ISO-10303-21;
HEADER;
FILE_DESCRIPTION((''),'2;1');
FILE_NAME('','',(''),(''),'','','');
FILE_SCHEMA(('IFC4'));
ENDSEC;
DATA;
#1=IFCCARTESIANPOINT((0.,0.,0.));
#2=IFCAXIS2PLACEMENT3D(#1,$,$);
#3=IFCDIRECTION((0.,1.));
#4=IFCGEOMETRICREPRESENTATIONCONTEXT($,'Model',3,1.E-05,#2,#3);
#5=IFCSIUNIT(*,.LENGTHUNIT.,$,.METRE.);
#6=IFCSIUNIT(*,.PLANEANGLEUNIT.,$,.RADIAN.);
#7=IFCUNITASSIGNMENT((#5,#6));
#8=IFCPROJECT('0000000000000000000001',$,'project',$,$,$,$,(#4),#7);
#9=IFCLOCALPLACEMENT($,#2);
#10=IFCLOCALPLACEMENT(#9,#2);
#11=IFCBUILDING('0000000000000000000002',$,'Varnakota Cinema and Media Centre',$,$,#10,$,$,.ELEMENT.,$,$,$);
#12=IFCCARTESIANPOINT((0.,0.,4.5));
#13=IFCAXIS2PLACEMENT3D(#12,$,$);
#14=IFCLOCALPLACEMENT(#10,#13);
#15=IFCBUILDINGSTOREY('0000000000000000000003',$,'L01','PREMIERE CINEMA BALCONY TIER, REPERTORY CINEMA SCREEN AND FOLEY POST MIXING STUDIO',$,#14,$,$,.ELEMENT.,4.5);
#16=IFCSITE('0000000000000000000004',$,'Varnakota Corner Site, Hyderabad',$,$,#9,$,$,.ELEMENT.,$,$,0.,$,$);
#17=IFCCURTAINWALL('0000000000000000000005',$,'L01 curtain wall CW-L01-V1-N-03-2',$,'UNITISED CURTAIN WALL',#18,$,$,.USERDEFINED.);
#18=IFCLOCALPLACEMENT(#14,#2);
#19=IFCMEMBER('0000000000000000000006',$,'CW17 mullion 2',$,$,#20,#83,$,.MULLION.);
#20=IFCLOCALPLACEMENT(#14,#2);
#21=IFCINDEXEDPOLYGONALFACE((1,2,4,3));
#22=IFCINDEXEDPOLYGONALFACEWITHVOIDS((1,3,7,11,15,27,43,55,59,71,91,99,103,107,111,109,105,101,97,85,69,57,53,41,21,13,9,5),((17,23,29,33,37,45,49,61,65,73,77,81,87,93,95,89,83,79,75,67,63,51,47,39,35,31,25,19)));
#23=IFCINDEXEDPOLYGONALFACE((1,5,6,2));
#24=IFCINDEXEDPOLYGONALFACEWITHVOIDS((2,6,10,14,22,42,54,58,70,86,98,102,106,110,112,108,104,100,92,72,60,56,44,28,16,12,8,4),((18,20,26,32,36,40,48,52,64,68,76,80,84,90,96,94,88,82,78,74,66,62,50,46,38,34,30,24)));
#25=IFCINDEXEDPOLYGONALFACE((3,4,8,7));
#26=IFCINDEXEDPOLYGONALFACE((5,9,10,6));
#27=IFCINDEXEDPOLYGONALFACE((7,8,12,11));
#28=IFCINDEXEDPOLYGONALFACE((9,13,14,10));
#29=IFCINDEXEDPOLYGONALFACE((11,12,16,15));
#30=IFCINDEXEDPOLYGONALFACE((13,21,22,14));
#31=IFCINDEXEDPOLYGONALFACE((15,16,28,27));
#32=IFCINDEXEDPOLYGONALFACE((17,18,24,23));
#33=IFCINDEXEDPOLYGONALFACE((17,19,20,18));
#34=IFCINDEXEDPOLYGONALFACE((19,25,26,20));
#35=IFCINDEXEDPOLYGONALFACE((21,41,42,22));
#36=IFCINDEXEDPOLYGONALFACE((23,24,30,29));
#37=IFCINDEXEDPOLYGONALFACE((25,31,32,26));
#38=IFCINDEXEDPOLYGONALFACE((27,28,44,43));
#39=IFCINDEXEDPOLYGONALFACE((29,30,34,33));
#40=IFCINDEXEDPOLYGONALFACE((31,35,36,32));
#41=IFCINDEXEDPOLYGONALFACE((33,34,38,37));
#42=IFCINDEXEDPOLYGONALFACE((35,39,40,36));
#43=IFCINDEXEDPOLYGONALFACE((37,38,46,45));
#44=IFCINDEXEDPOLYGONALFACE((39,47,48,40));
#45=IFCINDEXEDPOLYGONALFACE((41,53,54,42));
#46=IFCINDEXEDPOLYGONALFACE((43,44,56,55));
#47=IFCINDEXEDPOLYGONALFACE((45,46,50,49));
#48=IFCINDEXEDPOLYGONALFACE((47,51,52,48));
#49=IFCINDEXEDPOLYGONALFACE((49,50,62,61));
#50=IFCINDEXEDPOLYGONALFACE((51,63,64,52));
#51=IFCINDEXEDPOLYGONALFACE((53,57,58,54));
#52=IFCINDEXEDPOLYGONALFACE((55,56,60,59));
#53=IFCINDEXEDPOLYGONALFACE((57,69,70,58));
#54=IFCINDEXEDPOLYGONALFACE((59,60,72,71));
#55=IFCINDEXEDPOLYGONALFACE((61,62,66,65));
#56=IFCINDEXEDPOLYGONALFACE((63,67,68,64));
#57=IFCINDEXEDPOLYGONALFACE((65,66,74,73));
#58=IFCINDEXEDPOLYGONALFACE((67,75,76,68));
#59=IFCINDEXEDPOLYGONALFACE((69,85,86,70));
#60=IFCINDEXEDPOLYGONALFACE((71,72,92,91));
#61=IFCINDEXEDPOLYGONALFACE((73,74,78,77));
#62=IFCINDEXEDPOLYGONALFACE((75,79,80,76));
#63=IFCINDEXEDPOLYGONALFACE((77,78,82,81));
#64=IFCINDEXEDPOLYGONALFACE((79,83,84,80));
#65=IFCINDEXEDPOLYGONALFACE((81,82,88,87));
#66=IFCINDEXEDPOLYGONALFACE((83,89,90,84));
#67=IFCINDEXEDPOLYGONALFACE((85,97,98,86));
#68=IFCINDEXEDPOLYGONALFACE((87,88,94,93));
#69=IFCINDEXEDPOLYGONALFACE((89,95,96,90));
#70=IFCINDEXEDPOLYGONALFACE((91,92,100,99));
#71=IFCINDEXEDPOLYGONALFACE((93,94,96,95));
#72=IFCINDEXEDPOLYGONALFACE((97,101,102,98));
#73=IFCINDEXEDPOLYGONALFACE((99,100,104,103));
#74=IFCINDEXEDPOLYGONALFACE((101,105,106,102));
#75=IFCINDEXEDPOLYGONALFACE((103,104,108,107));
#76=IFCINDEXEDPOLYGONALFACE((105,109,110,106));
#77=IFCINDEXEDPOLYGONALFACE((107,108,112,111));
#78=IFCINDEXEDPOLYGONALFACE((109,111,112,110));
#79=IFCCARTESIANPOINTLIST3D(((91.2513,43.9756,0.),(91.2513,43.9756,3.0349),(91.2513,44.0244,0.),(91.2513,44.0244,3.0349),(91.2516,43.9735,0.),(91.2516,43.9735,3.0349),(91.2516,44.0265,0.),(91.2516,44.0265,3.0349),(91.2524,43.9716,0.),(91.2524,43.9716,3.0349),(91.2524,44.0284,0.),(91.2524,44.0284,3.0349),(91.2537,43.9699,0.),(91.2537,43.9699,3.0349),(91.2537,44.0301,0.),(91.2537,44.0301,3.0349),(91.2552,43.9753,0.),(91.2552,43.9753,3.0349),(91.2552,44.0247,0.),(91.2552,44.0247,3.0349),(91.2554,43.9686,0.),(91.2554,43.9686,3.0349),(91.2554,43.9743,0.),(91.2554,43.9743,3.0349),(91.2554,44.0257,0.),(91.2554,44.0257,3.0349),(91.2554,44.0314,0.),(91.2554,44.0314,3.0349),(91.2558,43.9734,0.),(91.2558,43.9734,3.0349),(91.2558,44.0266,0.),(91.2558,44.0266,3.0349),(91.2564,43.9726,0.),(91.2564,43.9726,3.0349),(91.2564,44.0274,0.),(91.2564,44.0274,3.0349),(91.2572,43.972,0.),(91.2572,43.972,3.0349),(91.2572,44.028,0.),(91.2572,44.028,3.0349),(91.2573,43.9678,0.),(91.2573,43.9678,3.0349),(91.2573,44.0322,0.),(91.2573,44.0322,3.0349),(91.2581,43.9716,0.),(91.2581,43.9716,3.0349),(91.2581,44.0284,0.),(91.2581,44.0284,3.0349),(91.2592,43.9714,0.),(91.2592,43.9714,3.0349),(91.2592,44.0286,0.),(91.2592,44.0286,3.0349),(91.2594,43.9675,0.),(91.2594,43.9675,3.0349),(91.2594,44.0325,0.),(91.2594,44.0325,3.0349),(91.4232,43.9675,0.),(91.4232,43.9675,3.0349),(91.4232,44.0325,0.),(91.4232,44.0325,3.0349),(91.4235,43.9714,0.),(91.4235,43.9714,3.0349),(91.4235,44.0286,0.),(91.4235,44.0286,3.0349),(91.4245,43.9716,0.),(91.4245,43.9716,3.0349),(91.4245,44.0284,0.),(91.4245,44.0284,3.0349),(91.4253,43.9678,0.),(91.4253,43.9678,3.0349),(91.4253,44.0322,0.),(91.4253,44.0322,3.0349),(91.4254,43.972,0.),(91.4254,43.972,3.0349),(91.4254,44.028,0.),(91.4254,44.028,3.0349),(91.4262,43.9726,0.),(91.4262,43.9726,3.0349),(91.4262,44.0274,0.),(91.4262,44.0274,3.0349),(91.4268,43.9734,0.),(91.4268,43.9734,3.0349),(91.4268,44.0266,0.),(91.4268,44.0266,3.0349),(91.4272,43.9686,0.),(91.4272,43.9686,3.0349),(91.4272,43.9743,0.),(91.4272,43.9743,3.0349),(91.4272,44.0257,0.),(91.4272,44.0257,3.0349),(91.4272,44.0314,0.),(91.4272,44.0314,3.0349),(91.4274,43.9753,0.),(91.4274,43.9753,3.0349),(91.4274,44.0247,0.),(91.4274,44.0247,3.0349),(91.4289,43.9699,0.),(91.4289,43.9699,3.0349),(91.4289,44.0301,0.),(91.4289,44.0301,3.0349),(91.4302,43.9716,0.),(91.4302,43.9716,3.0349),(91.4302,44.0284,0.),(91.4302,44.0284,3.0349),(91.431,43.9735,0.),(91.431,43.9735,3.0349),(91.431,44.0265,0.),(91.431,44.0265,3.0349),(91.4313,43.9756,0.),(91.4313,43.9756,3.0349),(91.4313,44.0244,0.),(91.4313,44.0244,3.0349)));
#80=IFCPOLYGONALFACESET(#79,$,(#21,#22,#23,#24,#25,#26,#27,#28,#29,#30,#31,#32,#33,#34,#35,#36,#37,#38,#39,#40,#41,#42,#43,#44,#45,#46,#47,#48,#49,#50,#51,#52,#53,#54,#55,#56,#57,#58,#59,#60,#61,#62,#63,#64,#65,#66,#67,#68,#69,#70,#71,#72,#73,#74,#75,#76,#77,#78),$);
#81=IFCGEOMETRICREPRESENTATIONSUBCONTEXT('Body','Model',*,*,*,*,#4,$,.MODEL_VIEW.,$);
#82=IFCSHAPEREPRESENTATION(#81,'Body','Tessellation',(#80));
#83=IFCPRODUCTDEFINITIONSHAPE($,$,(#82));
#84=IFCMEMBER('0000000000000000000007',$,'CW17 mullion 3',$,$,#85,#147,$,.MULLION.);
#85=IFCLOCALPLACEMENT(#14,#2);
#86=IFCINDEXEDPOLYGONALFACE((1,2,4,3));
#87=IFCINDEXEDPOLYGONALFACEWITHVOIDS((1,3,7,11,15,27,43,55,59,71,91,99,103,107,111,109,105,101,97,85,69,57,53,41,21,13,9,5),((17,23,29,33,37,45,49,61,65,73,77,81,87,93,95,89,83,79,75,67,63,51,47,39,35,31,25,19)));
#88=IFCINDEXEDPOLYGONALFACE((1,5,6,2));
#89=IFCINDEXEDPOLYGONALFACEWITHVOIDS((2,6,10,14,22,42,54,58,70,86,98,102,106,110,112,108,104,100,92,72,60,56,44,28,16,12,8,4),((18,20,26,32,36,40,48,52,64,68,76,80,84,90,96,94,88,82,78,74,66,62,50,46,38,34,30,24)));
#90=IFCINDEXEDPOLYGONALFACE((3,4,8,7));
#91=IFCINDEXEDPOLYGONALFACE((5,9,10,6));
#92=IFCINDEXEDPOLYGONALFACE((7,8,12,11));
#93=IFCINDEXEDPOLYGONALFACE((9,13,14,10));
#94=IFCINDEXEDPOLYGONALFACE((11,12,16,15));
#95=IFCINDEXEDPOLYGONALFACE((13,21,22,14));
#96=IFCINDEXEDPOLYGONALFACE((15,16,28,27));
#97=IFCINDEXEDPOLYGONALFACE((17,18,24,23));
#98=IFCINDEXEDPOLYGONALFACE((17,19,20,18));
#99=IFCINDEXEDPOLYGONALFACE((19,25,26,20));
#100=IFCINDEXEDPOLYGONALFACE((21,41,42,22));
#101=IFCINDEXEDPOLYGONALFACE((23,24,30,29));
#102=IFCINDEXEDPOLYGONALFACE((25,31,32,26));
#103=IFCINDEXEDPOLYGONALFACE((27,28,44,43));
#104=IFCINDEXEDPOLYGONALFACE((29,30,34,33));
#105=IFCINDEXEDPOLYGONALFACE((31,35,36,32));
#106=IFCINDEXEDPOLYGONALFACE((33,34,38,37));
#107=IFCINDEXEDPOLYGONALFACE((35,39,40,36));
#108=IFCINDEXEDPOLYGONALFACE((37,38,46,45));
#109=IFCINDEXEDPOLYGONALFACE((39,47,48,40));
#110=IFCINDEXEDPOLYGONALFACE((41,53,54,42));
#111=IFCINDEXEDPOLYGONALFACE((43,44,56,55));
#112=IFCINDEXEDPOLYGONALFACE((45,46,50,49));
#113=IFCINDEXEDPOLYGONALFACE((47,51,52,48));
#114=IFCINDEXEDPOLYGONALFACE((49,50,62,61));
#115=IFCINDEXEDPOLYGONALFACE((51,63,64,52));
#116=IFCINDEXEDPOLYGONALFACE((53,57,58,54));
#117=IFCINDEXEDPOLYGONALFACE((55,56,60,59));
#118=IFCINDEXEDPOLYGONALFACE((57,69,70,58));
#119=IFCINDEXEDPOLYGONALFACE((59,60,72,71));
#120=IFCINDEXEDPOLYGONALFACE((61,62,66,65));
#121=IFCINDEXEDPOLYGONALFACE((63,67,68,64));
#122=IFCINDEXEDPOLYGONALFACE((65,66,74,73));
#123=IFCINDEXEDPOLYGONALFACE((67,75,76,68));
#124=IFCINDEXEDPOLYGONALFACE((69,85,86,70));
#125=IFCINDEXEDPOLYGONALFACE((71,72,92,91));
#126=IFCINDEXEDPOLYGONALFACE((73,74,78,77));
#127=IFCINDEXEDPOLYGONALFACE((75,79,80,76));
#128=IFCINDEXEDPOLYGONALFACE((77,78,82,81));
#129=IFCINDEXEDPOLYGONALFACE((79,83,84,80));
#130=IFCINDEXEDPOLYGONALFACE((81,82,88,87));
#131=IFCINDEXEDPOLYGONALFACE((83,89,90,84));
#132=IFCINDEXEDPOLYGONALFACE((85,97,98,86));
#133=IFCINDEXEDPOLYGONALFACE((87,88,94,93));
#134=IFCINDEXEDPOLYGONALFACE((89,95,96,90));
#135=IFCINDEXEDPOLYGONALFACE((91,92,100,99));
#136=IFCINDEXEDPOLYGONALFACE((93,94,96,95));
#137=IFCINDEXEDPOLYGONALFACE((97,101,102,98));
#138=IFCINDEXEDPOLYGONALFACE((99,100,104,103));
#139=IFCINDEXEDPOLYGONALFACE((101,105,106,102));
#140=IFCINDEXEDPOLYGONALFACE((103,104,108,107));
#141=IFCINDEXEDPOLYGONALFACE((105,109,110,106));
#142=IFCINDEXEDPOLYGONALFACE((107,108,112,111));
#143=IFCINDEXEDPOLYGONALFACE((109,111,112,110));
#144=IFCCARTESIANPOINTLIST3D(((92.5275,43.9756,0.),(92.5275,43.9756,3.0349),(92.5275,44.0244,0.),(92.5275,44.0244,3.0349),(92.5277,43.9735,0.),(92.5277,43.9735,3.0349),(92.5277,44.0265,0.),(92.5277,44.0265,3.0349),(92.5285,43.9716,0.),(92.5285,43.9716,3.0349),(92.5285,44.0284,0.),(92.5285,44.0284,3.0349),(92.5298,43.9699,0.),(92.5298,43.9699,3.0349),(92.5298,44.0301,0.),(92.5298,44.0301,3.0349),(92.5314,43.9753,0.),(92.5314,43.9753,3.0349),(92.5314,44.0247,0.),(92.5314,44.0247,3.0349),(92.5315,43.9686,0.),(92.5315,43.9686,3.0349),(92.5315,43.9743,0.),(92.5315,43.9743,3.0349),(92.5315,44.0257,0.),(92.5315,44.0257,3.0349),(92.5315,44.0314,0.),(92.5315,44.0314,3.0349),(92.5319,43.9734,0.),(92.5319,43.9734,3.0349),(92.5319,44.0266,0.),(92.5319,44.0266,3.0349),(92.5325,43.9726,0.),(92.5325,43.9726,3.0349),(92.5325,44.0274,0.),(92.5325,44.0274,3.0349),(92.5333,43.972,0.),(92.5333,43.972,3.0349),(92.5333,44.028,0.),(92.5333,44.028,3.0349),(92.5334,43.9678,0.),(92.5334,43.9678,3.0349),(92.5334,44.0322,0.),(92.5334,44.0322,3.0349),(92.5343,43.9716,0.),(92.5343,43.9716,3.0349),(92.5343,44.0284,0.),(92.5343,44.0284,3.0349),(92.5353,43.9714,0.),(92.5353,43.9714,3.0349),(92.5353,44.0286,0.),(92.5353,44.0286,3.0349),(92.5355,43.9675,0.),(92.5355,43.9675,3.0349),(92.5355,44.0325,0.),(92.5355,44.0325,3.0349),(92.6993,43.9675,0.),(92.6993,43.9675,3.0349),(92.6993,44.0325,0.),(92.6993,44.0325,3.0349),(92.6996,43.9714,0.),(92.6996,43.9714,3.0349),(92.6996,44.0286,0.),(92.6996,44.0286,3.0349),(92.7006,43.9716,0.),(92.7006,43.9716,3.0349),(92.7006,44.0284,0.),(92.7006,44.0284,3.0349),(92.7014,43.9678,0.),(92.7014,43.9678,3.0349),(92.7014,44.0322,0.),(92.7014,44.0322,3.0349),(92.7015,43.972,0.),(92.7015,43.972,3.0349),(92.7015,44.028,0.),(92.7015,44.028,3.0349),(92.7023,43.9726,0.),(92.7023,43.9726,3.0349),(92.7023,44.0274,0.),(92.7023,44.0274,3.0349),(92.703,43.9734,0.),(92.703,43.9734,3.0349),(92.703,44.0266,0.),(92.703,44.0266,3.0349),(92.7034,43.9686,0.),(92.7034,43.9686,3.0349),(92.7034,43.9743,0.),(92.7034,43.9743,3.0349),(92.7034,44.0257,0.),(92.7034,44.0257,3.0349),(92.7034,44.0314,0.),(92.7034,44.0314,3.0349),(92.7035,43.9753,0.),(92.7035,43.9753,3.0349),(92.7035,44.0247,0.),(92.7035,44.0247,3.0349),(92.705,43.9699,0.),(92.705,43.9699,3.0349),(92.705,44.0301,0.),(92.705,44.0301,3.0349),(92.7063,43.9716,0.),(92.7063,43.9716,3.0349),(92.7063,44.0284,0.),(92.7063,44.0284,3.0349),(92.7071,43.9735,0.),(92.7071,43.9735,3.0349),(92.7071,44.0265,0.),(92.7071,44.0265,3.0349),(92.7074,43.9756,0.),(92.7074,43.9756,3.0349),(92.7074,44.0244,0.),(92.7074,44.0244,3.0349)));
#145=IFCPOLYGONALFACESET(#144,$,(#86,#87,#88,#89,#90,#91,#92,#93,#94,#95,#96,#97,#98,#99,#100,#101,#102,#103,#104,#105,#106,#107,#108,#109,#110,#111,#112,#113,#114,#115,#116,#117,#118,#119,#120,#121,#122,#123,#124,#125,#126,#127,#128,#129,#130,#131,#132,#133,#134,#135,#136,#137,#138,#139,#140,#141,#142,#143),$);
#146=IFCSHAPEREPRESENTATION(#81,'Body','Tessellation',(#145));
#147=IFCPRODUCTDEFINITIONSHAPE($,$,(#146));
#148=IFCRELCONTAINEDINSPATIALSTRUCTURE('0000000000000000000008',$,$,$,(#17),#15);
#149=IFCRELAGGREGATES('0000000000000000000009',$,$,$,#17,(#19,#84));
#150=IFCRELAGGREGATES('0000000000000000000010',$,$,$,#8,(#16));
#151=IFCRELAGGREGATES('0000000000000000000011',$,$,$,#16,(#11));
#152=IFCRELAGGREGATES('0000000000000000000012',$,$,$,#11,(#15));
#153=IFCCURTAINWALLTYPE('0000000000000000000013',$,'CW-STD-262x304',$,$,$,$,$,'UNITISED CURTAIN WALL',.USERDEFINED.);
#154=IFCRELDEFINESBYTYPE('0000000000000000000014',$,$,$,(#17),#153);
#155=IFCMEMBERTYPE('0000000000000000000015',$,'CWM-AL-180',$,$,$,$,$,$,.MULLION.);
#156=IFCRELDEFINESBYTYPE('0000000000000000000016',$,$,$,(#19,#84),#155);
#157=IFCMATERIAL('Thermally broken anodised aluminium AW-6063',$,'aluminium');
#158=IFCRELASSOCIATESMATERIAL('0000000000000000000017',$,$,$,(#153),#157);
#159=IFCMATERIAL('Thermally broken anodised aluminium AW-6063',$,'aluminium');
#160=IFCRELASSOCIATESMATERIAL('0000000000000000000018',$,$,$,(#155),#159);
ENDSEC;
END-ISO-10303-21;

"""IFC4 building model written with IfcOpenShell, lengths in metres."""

from ifc_helpers import new_model, si_unit, direction, frame, origin, origin_2d, place, context, subcontext, project, spatial, hollow_rectangle, extrude, material, material_profile, profile_set, type_object, element, aggregate, save


model = new_model("IFC4")

# Units and contexts
model_context = context("Model", 3, precision=1e-05, world=origin(), true_north=direction((0.0, 1.0)))
body_context = subcontext(model_context, "Body", "Model", "MODEL_VIEW")
ifc_project = project(units=[si_unit("LENGTHUNIT", "METRE"), si_unit("PLANEANGLEUNIT", "RADIAN")], contexts=[model_context])

# Site, building, storey
site_placement = place(None, origin())
site = spatial("IfcSite", under=ifc_project, at=site_placement, Name="Varnakota Corner Site, Hyderabad", CompositionType="ELEMENT", RefElevation=0.0)
building_placement = place(site_placement, origin())
building = spatial("IfcBuilding", under=site, at=building_placement, Name="Varnakota Cinema and Media Centre", CompositionType="ELEMENT")
storey_placement = place(building_placement, frame((0.0, 0.0, 4.5)))
storey = spatial("IfcBuildingStorey", under=building, at=storey_placement, Name="L01", Description="PREMIERE CINEMA BALCONY TIER, REPERTORY CINEMA SCREEN AND FOLEY POST MIXING STUDIO", CompositionType="ELEMENT", Elevation=4.5)

# Shared definitions
ifc_material_1 = material(Name="Thermally broken anodised aluminium AW-6063", Category="aluminium")
curtain_wall_type = type_object("IfcCurtainWallType", Name="CW-STD-262x304", ElementType="UNITISED CURTAIN WALL", PredefinedType="USERDEFINED", material=ifc_material_1)
ifc_material_2 = material(Name="Thermally broken anodised aluminium AW-6063", Category="aluminium")
ifc_material_profile_1 = material_profile(ifc_material_2, hollow_rectangle(XDim=0.0649, YDim=0.1799, WallThickness=0.0039, InnerFilletRadius=0.0039, OuterFilletRadius=0.0081, at=origin_2d()), Name="AL-MULLION 180x65x4")
ifc_profile_set_1 = profile_set([ifc_material_profile_1], Name="Thermally broken anodised aluminium AW-6063")
member_type_1 = type_object("IfcMemberType", Name="CWM-AL-180", PredefinedType="MULLION", material=ifc_profile_set_1)

# Curtain wall, members
curtain_wall_1_placement = place(storey_placement, origin())
curtain_wall_1 = element("IfcCurtainWall", 1, at=curtain_wall_1_placement, inside=storey, type_object=curtain_wall_type, Name="L01 curtain wall CW-L01-V1-N-03-2", ObjectType="UNITISED CURTAIN WALL", PredefinedType="USERDEFINED")
member_1_placement = place(storey_placement, frame((91.3413, 44.0, 0.0), z_axis=(0.0, 0.0, 1.0), x_axis=(0.0, 1.0, 0.0)))
member_1 = element("IfcMember", 2, at=member_1_placement, type_object=member_type_1, Name="CW17 mullion 2", PredefinedType="MULLION", context=body_context, shape_type="SweptSolid", body=[
    extrude(hollow_rectangle(XDim=0.0649, YDim=0.1799, WallThickness=0.0039, InnerFilletRadius=0.0039, OuterFilletRadius=0.0081, at=origin_2d()), origin(), (0.0, 0.0, 1.0), 3.0349),
])
member_2_placement = place(storey_placement, frame((92.6174, 44.0, 0.0), z_axis=(0.0, 0.0, 1.0), x_axis=(0.0, 1.0, 0.0)))
member_2 = element("IfcMember", 3, at=member_2_placement, type_object=member_type_1, Name="CW17 mullion 3", PredefinedType="MULLION", context=body_context, shape_type="SweptSolid", body=[
    extrude(hollow_rectangle(XDim=0.0649, YDim=0.1799, WallThickness=0.0039, InnerFilletRadius=0.0039, OuterFilletRadius=0.0081, at=origin_2d()), origin(), (0.0, 0.0, 1.0), 3.0349),
])

aggregate(curtain_wall_1, [member_1, member_2])

save(model, "model.ifc")
